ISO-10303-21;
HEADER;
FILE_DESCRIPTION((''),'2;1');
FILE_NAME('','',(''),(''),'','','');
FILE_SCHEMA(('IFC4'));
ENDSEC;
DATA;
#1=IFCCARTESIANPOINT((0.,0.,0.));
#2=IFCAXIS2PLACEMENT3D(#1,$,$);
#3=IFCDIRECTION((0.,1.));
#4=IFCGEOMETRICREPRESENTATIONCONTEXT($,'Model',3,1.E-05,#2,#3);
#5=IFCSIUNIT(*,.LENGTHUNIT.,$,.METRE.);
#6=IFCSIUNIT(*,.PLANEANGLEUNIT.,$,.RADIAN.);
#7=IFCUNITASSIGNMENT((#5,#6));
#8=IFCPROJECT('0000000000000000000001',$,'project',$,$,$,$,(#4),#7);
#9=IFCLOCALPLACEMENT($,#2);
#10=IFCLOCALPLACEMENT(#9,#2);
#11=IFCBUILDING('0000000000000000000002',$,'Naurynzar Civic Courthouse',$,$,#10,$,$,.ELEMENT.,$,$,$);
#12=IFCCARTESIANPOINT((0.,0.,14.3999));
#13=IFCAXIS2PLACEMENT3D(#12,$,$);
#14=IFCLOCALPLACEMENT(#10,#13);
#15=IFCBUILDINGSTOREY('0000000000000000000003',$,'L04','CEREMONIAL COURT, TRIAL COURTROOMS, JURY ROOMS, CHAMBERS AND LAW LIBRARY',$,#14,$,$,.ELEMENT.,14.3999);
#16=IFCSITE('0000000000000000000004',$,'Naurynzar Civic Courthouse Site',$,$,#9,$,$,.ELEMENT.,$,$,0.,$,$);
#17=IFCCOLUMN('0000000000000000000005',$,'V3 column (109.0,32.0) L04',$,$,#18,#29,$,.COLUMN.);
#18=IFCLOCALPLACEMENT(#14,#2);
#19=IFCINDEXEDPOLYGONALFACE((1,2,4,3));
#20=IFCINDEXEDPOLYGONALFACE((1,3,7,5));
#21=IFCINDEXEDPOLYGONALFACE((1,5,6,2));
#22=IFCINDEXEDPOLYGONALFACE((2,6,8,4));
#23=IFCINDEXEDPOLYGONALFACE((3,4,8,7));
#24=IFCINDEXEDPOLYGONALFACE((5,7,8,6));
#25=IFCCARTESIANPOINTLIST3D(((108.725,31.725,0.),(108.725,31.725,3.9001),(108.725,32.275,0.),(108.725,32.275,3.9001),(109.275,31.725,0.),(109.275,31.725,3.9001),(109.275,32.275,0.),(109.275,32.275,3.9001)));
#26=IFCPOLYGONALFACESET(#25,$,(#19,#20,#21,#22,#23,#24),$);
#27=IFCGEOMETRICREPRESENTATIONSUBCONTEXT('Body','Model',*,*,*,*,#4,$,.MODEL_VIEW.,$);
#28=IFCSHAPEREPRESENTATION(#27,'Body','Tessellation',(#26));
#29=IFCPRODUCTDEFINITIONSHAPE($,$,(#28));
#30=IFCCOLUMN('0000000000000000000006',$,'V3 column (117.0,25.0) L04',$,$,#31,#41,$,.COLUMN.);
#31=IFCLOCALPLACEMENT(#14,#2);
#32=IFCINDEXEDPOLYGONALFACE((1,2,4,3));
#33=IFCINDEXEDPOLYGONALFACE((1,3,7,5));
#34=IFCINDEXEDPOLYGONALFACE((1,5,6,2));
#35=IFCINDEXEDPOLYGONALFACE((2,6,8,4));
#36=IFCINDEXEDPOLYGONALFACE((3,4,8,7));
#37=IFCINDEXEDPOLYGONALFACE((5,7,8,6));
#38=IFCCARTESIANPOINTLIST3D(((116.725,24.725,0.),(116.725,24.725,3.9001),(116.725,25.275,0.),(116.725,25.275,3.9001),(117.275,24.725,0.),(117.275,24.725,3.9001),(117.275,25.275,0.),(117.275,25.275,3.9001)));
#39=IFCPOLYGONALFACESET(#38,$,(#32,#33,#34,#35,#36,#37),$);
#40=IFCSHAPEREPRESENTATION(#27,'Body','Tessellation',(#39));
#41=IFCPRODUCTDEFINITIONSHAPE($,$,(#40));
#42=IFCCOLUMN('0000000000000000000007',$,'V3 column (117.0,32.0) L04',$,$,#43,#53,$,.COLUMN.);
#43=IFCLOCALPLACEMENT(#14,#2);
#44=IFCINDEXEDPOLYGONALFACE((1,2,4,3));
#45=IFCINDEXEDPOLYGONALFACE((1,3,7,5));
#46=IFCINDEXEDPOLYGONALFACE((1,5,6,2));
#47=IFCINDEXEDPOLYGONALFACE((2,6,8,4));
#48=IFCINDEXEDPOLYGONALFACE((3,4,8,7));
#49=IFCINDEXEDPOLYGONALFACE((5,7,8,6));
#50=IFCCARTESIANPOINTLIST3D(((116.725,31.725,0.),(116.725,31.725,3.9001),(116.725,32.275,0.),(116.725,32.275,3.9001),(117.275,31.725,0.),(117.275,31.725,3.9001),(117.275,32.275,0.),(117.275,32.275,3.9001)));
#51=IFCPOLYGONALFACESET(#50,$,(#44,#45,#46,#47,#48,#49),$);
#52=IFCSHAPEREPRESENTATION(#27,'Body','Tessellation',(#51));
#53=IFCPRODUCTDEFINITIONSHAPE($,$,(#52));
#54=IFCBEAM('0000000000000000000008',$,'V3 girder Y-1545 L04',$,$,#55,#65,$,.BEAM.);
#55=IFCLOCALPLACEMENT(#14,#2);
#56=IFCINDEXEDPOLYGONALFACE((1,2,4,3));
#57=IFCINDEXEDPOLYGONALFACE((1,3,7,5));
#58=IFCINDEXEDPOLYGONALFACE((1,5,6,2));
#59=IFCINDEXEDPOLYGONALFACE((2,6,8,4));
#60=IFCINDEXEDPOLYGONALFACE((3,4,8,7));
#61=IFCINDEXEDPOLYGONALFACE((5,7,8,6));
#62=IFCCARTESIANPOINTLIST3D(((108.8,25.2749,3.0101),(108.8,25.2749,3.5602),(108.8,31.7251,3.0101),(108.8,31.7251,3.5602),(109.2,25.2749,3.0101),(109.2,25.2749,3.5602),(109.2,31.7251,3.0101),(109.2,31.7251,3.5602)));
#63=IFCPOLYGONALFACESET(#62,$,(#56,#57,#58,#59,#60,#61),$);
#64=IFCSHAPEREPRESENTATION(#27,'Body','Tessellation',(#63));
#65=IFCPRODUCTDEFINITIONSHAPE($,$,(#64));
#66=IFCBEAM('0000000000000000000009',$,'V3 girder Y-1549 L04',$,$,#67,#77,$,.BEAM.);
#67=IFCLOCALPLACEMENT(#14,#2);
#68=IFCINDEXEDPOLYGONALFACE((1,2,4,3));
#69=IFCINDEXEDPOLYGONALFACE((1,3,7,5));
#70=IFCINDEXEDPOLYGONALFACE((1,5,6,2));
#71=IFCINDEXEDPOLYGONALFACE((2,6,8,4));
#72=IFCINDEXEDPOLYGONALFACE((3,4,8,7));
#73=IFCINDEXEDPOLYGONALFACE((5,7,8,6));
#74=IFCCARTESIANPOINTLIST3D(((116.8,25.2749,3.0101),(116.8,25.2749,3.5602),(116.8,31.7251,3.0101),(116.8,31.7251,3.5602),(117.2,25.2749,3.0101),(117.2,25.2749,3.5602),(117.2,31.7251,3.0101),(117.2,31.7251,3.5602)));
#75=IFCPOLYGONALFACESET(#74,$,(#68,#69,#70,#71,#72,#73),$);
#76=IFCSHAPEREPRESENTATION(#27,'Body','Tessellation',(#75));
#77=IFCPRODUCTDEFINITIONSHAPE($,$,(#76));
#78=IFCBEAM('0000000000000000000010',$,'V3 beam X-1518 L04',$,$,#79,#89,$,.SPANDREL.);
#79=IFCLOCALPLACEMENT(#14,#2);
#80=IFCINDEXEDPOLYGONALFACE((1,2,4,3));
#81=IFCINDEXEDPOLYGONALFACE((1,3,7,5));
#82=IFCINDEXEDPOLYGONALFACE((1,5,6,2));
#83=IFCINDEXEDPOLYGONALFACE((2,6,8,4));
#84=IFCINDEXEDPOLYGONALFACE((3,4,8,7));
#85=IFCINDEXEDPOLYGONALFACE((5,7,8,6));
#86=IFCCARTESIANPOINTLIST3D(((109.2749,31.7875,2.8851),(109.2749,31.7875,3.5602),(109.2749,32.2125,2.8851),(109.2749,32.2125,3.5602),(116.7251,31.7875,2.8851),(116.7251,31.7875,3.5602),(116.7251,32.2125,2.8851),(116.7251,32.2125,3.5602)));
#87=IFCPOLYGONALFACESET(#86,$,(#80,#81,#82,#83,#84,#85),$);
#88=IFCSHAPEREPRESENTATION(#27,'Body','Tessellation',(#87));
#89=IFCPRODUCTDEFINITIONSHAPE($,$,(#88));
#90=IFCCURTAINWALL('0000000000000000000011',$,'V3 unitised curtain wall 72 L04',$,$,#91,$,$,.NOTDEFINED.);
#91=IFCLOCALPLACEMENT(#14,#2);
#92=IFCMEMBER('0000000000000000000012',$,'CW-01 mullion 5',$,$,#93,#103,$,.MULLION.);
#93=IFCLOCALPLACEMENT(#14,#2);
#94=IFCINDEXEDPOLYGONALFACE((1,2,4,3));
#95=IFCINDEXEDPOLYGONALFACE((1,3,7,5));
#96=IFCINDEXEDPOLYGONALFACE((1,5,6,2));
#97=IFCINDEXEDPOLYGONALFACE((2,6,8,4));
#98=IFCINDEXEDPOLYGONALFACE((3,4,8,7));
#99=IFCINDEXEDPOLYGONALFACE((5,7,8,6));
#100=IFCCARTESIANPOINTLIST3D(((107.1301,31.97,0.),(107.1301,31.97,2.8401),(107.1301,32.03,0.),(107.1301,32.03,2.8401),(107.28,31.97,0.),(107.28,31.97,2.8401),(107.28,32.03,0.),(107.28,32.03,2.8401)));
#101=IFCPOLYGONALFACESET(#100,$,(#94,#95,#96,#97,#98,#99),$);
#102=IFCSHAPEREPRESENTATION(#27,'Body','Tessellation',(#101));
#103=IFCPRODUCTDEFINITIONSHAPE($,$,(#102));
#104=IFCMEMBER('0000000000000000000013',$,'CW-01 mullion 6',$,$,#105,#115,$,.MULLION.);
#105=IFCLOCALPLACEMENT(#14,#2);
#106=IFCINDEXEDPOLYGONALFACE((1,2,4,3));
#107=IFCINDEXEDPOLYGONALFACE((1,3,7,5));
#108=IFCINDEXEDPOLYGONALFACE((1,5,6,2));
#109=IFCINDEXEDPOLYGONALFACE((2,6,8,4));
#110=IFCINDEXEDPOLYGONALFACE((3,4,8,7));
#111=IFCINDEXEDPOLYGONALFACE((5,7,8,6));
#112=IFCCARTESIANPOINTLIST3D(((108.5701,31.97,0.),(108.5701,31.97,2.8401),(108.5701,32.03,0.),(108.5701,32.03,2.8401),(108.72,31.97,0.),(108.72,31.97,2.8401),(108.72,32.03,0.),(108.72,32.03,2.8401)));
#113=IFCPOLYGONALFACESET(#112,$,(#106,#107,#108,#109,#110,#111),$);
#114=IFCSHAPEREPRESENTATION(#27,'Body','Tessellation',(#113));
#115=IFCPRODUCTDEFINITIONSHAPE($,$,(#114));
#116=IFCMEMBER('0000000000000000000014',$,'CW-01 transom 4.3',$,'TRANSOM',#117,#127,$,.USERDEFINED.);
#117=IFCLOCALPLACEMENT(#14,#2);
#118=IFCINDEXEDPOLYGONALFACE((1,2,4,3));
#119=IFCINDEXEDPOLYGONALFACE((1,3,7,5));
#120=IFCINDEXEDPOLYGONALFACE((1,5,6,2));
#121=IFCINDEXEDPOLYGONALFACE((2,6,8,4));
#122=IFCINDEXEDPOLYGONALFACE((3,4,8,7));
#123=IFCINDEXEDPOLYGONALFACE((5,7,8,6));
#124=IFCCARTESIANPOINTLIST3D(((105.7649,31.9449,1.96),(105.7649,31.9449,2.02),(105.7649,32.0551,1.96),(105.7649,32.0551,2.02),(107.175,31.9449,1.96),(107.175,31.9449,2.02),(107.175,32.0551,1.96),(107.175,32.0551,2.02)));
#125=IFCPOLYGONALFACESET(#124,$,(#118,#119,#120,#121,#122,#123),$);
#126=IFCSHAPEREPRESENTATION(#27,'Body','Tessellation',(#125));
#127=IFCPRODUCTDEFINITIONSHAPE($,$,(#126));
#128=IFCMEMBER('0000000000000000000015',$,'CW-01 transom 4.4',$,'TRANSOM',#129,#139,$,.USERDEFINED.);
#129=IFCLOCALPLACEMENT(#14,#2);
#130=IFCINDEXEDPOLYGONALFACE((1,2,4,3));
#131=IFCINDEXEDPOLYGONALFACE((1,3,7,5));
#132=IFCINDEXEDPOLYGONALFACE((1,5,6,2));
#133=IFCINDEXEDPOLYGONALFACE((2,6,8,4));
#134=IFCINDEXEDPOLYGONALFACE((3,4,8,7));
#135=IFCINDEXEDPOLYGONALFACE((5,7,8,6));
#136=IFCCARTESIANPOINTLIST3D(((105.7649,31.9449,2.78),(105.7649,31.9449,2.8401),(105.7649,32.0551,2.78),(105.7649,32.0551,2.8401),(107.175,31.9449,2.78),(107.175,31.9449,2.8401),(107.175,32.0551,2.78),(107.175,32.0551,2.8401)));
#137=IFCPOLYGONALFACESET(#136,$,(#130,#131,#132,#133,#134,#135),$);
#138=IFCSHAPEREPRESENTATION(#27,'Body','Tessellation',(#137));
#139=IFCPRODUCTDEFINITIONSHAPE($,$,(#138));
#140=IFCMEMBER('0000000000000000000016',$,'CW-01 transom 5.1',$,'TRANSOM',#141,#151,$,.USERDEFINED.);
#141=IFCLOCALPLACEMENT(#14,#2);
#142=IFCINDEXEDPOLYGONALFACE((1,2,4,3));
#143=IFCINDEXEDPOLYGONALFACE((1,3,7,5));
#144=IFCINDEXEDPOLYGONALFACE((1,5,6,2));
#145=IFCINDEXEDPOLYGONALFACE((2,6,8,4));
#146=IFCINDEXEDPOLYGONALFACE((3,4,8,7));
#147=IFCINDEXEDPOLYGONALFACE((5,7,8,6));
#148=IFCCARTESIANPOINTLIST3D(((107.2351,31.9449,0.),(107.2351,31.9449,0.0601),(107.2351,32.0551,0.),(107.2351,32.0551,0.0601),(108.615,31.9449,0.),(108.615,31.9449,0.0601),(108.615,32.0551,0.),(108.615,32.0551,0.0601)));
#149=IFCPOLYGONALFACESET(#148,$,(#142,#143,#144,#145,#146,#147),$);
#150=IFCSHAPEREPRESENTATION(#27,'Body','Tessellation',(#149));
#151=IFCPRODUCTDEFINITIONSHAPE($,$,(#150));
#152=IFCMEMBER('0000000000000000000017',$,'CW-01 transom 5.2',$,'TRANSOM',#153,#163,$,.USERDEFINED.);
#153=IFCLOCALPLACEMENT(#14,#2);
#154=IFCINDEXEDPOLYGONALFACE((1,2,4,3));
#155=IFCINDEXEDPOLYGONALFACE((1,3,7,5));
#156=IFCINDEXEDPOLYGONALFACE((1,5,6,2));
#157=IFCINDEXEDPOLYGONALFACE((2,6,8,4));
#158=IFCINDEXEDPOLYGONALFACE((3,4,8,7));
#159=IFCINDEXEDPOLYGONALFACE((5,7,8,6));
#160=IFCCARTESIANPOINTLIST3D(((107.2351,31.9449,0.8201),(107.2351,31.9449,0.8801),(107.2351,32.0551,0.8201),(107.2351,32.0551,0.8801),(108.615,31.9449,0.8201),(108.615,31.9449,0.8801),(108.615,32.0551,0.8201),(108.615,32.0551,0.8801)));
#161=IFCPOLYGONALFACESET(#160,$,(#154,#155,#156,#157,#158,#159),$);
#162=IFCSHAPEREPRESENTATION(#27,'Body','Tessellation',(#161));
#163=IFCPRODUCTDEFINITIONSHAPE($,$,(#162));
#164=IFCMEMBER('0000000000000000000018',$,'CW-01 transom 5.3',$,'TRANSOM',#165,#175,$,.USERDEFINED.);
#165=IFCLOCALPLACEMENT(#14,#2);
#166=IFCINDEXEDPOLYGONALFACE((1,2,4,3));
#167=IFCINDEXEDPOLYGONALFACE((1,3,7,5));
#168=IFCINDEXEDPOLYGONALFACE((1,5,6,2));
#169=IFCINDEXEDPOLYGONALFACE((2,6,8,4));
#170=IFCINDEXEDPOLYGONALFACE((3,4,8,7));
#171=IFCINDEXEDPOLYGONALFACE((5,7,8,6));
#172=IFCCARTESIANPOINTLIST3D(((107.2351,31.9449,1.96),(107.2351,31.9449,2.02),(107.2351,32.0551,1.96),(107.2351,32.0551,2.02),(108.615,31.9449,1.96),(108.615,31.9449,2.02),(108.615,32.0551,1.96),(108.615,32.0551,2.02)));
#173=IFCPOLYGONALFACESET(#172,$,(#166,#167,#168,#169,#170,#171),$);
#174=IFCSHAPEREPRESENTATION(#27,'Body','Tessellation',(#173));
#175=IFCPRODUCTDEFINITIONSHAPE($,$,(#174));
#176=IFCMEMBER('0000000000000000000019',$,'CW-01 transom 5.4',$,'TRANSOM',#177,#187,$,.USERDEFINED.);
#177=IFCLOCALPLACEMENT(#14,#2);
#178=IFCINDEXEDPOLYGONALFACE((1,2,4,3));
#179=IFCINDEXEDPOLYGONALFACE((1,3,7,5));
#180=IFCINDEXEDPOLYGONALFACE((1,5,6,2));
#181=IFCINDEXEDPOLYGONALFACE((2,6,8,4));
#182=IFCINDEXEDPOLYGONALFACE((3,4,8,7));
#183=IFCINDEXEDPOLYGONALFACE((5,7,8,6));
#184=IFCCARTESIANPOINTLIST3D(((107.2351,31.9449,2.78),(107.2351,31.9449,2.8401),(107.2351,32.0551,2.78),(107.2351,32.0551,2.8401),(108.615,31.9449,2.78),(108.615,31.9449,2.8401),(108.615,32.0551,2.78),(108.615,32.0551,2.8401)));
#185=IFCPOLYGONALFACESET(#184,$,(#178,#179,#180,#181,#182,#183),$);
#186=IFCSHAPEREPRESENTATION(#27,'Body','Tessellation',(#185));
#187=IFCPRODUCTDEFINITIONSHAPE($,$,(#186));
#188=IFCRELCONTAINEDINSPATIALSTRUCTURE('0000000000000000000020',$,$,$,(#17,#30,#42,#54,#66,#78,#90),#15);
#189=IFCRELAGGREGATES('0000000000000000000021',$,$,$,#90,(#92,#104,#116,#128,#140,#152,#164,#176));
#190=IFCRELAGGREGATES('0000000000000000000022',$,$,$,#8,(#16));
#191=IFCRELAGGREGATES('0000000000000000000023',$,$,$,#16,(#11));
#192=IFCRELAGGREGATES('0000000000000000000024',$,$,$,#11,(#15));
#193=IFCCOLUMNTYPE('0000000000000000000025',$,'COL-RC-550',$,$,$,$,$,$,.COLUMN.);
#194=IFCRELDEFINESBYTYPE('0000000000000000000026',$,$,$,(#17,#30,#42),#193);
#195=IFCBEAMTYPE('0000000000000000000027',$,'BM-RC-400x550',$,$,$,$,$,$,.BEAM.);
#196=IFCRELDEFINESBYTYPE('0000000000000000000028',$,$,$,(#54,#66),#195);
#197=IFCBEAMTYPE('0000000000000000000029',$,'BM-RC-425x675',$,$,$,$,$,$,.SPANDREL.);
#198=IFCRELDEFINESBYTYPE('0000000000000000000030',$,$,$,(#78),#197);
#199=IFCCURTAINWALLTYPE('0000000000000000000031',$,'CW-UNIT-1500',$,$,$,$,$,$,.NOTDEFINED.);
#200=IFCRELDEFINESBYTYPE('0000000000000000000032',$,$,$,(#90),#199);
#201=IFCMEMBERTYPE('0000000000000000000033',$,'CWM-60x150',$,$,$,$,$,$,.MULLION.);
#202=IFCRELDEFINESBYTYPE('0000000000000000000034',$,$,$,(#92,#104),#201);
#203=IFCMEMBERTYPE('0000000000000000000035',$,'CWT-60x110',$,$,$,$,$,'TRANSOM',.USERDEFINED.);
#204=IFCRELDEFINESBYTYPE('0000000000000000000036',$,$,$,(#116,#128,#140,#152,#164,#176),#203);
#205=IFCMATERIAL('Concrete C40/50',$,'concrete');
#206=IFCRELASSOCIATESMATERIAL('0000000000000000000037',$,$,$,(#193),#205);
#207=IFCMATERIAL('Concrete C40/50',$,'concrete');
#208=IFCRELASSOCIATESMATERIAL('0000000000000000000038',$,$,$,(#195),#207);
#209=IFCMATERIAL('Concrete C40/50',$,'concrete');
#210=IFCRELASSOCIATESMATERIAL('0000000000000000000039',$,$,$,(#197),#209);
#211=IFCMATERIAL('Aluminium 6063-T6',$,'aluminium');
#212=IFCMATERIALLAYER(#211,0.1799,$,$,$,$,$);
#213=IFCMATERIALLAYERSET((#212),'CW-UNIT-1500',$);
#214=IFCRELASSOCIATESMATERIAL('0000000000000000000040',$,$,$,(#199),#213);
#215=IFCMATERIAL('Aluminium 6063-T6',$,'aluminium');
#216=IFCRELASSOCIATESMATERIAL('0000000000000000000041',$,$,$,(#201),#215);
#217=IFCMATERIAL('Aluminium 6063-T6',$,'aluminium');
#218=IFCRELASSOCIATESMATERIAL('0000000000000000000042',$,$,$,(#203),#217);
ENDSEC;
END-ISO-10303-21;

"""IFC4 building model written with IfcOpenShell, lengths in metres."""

from ifc_helpers import new_model, si_unit, direction, frame, origin, origin_2d, place, context, subcontext, project, spatial, rectangle, extrude, material, layer, layer_set, material_profile, profile_set, type_object, element, aggregate, save


model = new_model("IFC4")

# Units and contexts
model_context = context("Model", 3, precision=1e-05, world=origin(), true_north=direction((0.0, 1.0)))
body_context = subcontext(model_context, "Body", "Model", "MODEL_VIEW")
ifc_project = project(units=[si_unit("LENGTHUNIT", "METRE"), si_unit("PLANEANGLEUNIT", "RADIAN")], contexts=[model_context])

# Site, building, storey
site_placement = place(None, origin())
site = spatial("IfcSite", under=ifc_project, at=site_placement, Name="Naurynzar Civic Courthouse Site", CompositionType="ELEMENT", RefElevation=0.0)
building_placement = place(site_placement, origin())
building = spatial("IfcBuilding", under=site, at=building_placement, Name="Naurynzar Civic Courthouse", CompositionType="ELEMENT")
storey_placement = place(building_placement, frame((0.0, 0.0, 14.3999)))
storey = spatial("IfcBuildingStorey", under=building, at=storey_placement, Name="L04", Description="CEREMONIAL COURT, TRIAL COURTROOMS, JURY ROOMS, CHAMBERS AND LAW LIBRARY", CompositionType="ELEMENT", Elevation=14.3999)

# Columns
ifc_material_1 = material(Name="Concrete C40/50", Category="concrete")
ifc_material_profile_1 = material_profile(ifc_material_1, rectangle(XDim=0.55, YDim=0.55, at=origin_2d()), Name="RC 550x550")
ifc_profile_set_1 = profile_set([ifc_material_profile_1], Name="Concrete C40/50")
column_type = type_object("IfcColumnType", Name="COL-RC-550", PredefinedType="COLUMN", material=ifc_profile_set_1)
for number, where, z_axis, x_axis, name in (
    (1, (109.0, 32.0, 0.0), (0.0, 0.0, 1.0), (1.0, 0.0, 0.0), "V3 column (109.0,32.0) L04"),
    (2, (117.0, 25.0, 0.0), (0.0, 0.0, 1.0), (1.0, 0.0, 0.0), "V3 column (117.0,25.0) L04"),
    (3, (117.0, 32.0, 0.0), (0.0, 0.0, 1.0), (1.0, 0.0, 0.0), "V3 column (117.0,32.0) L04"),
):
    element("IfcColumn", number, at=place(storey_placement, frame(where, z_axis=z_axis, x_axis=x_axis)), inside=storey, type_object=column_type, Name=name, PredefinedType="COLUMN", context=body_context, shape_type="SweptSolid", body=[
        extrude(rectangle(XDim=0.55, YDim=0.55, at=origin_2d()), origin(), (0.0, 0.0, 1.0), 3.9001),
    ])

# Beams
ifc_material_2 = material(Name="Concrete C40/50", Category="concrete")
ifc_material_profile_2 = material_profile(ifc_material_2, rectangle(XDim=0.3999, YDim=0.55, at=origin_2d()), Name="RCB 400x550")
ifc_profile_set_2 = profile_set([ifc_material_profile_2], Name="Concrete C40/50")
beam_type_1 = type_object("IfcBeamType", Name="BM-RC-400x550", PredefinedType="BEAM", material=ifc_profile_set_2)
for number, where, z_axis, x_axis, name in (
    (4, (109.0, 25.2749, 3.2852), (0.0, 1.0, 0.0), (-1.0, 0.0, 0.0), "V3 girder Y-1545 L04"),
    (5, (117.0, 25.2749, 3.2852), (0.0, 1.0, 0.0), (-1.0, 0.0, 0.0), "V3 girder Y-1549 L04"),
):
    element("IfcBeam", number, at=place(storey_placement, frame(where, z_axis=z_axis, x_axis=x_axis)), inside=storey, type_object=beam_type_1, Name=name, PredefinedType="BEAM", context=body_context, shape_type="SweptSolid", body=[
        extrude(rectangle(XDim=0.3999, YDim=0.55, at=origin_2d()), origin(), (0.0, 0.0, 1.0), 6.4502),
    ])
ifc_material_3 = material(Name="Concrete C40/50", Category="concrete")
ifc_material_profile_3 = material_profile(ifc_material_3, rectangle(XDim=0.425, YDim=0.675, at=origin_2d()), Name="RCB 425x675")
ifc_profile_set_3 = profile_set([ifc_material_profile_3], Name="Concrete C40/50")
beam_type_2 = type_object("IfcBeamType", Name="BM-RC-425x675", PredefinedType="SPANDREL", material=ifc_profile_set_3)
beam_placement = place(storey_placement, frame((109.2749, 32.0, 3.2227), z_axis=(1.0, 0.0, 0.0), x_axis=(0.0, 1.0, 0.0)))
element("IfcBeam", 6, at=beam_placement, inside=storey, type_object=beam_type_2, Name="V3 beam X-1518 L04", PredefinedType="SPANDREL", context=body_context, shape_type="SweptSolid", body=[
    extrude(rectangle(XDim=0.425, YDim=0.675, at=origin_2d()), origin(), (0.0, 0.0, 1.0), 7.4502),
])

# Curtain wall, members
ifc_material_4 = material(Name="Aluminium 6063-T6", Category="aluminium")
ifc_layer_1 = layer(ifc_material_4, 0.1799)
ifc_layer_set_1 = layer_set([ifc_layer_1], Name="CW-UNIT-1500")
curtain_wall_type = type_object("IfcCurtainWallType", Name="CW-UNIT-1500", PredefinedType="NOTDEFINED", material=ifc_layer_set_1)
curtain_wall_placement = place(storey_placement, origin())
curtain_wall = element("IfcCurtainWall", 7, at=curtain_wall_placement, inside=storey, type_object=curtain_wall_type, Name="V3 unitised curtain wall 72 L04", PredefinedType="NOTDEFINED")
ifc_material_5 = material(Name="Aluminium 6063-T6", Category="aluminium")
ifc_material_profile_4 = material_profile(ifc_material_5, rectangle(XDim=0.0601, YDim=0.1499, at=origin_2d()), Name="ALU MULLION 60x150")
ifc_profile_set_4 = profile_set([ifc_material_profile_4], Name="Aluminium 6063-T6")
member_type_1 = type_object("IfcMemberType", Name="CWM-60x150", PredefinedType="MULLION", material=ifc_profile_set_4)
member_1_placement = place(storey_placement, frame((107.2051, 32.0, 0.0), z_axis=(0.0, 0.0, 1.0), x_axis=(0.0, 1.0, 0.0)))
member_1 = element("IfcMember", 8, at=member_1_placement, type_object=member_type_1, Name="CW-01 mullion 5", PredefinedType="MULLION", context=body_context, shape_type="SweptSolid", body=[
    extrude(rectangle(XDim=0.0601, YDim=0.1499, at=origin_2d()), origin(), (0.0, 0.0, 1.0), 2.8401),
])
member_2_placement = place(storey_placement, frame((108.645, 32.0, 0.0), z_axis=(0.0, 0.0, 1.0), x_axis=(0.0, 1.0, 0.0)))
member_2 = element("IfcMember", 9, at=member_2_placement, type_object=member_type_1, Name="CW-01 mullion 6", PredefinedType="MULLION", context=body_context, shape_type="SweptSolid", body=[
    extrude(rectangle(XDim=0.0601, YDim=0.1499, at=origin_2d()), origin(), (0.0, 0.0, 1.0), 2.8401),
])
ifc_material_6 = material(Name="Aluminium 6063-T6", Category="aluminium")
ifc_material_profile_5 = material_profile(ifc_material_6, rectangle(XDim=0.1101, YDim=0.0601, at=origin_2d()), Name="ALU TRANSOM 60x110")
ifc_profile_set_5 = profile_set([ifc_material_profile_5], Name="Aluminium 6063-T6")
member_type_2 = type_object("IfcMemberType", Name="CWT-60x110", ElementType="TRANSOM", PredefinedType="USERDEFINED", material=ifc_profile_set_5)
member_3_placement = place(storey_placement, frame((105.7649, 32.0, 1.99), z_axis=(1.0, 0.0, 0.0), x_axis=(0.0, 1.0, 0.0)))
member_3 = element("IfcMember", 10, at=member_3_placement, type_object=member_type_2, Name="CW-01 transom 4.3", ObjectType="TRANSOM", PredefinedType="USERDEFINED", context=body_context, shape_type="SweptSolid", body=[
    extrude(rectangle(XDim=0.1101, YDim=0.0601, at=origin_2d()), origin(), (0.0, 0.0, 1.0), 1.4102),
])
member_4_placement = place(storey_placement, frame((105.7649, 32.0, 2.8101), z_axis=(1.0, 0.0, 0.0), x_axis=(0.0, 1.0, 0.0)))
member_4 = element("IfcMember", 11, at=member_4_placement, type_object=member_type_2, Name="CW-01 transom 4.4", ObjectType="TRANSOM", PredefinedType="USERDEFINED", context=body_context, shape_type="SweptSolid", body=[
    extrude(rectangle(XDim=0.1101, YDim=0.0601, at=origin_2d()), origin(), (0.0, 0.0, 1.0), 1.4102),
])
member_5_placement = place(storey_placement, frame((107.2351, 32.0, 0.03), z_axis=(1.0, 0.0, 0.0), x_axis=(0.0, 1.0, 0.0)))
member_5 = element("IfcMember", 12, at=member_5_placement, type_object=member_type_2, Name="CW-01 transom 5.1", ObjectType="TRANSOM", PredefinedType="USERDEFINED", context=body_context, shape_type="SweptSolid", body=[
    extrude(rectangle(XDim=0.1101, YDim=0.0601, at=origin_2d()), origin(), (0.0, 0.0, 1.0), 1.3799),
])
member_6_placement = place(storey_placement, frame((107.2351, 32.0, 0.8501), z_axis=(1.0, 0.0, 0.0), x_axis=(0.0, 1.0, 0.0)))
member_6 = element("IfcMember", 13, at=member_6_placement, type_object=member_type_2, Name="CW-01 transom 5.2", ObjectType="TRANSOM", PredefinedType="USERDEFINED", context=body_context, shape_type="SweptSolid", body=[
    extrude(rectangle(XDim=0.1101, YDim=0.0601, at=origin_2d()), origin(), (0.0, 0.0, 1.0), 1.3799),
])
member_7_placement = place(storey_placement, frame((107.2351, 32.0, 1.99), z_axis=(1.0, 0.0, 0.0), x_axis=(0.0, 1.0, 0.0)))
member_7 = element("IfcMember", 14, at=member_7_placement, type_object=member_type_2, Name="CW-01 transom 5.3", ObjectType="TRANSOM", PredefinedType="USERDEFINED", context=body_context, shape_type="SweptSolid", body=[
    extrude(rectangle(XDim=0.1101, YDim=0.0601, at=origin_2d()), origin(), (0.0, 0.0, 1.0), 1.3799),
])
member_8_placement = place(storey_placement, frame((107.2351, 32.0, 2.8101), z_axis=(1.0, 0.0, 0.0), x_axis=(0.0, 1.0, 0.0)))
member_8 = element("IfcMember", 15, at=member_8_placement, type_object=member_type_2, Name="CW-01 transom 5.4", ObjectType="TRANSOM", PredefinedType="USERDEFINED", context=body_context, shape_type="SweptSolid", body=[
    extrude(rectangle(XDim=0.1101, YDim=0.0601, at=origin_2d()), origin(), (0.0, 0.0, 1.0), 1.3799),
])
aggregate(curtain_wall, [member_1, member_2, member_3, member_4, member_5, member_6, member_7, member_8])

save(model, "model.ifc")
